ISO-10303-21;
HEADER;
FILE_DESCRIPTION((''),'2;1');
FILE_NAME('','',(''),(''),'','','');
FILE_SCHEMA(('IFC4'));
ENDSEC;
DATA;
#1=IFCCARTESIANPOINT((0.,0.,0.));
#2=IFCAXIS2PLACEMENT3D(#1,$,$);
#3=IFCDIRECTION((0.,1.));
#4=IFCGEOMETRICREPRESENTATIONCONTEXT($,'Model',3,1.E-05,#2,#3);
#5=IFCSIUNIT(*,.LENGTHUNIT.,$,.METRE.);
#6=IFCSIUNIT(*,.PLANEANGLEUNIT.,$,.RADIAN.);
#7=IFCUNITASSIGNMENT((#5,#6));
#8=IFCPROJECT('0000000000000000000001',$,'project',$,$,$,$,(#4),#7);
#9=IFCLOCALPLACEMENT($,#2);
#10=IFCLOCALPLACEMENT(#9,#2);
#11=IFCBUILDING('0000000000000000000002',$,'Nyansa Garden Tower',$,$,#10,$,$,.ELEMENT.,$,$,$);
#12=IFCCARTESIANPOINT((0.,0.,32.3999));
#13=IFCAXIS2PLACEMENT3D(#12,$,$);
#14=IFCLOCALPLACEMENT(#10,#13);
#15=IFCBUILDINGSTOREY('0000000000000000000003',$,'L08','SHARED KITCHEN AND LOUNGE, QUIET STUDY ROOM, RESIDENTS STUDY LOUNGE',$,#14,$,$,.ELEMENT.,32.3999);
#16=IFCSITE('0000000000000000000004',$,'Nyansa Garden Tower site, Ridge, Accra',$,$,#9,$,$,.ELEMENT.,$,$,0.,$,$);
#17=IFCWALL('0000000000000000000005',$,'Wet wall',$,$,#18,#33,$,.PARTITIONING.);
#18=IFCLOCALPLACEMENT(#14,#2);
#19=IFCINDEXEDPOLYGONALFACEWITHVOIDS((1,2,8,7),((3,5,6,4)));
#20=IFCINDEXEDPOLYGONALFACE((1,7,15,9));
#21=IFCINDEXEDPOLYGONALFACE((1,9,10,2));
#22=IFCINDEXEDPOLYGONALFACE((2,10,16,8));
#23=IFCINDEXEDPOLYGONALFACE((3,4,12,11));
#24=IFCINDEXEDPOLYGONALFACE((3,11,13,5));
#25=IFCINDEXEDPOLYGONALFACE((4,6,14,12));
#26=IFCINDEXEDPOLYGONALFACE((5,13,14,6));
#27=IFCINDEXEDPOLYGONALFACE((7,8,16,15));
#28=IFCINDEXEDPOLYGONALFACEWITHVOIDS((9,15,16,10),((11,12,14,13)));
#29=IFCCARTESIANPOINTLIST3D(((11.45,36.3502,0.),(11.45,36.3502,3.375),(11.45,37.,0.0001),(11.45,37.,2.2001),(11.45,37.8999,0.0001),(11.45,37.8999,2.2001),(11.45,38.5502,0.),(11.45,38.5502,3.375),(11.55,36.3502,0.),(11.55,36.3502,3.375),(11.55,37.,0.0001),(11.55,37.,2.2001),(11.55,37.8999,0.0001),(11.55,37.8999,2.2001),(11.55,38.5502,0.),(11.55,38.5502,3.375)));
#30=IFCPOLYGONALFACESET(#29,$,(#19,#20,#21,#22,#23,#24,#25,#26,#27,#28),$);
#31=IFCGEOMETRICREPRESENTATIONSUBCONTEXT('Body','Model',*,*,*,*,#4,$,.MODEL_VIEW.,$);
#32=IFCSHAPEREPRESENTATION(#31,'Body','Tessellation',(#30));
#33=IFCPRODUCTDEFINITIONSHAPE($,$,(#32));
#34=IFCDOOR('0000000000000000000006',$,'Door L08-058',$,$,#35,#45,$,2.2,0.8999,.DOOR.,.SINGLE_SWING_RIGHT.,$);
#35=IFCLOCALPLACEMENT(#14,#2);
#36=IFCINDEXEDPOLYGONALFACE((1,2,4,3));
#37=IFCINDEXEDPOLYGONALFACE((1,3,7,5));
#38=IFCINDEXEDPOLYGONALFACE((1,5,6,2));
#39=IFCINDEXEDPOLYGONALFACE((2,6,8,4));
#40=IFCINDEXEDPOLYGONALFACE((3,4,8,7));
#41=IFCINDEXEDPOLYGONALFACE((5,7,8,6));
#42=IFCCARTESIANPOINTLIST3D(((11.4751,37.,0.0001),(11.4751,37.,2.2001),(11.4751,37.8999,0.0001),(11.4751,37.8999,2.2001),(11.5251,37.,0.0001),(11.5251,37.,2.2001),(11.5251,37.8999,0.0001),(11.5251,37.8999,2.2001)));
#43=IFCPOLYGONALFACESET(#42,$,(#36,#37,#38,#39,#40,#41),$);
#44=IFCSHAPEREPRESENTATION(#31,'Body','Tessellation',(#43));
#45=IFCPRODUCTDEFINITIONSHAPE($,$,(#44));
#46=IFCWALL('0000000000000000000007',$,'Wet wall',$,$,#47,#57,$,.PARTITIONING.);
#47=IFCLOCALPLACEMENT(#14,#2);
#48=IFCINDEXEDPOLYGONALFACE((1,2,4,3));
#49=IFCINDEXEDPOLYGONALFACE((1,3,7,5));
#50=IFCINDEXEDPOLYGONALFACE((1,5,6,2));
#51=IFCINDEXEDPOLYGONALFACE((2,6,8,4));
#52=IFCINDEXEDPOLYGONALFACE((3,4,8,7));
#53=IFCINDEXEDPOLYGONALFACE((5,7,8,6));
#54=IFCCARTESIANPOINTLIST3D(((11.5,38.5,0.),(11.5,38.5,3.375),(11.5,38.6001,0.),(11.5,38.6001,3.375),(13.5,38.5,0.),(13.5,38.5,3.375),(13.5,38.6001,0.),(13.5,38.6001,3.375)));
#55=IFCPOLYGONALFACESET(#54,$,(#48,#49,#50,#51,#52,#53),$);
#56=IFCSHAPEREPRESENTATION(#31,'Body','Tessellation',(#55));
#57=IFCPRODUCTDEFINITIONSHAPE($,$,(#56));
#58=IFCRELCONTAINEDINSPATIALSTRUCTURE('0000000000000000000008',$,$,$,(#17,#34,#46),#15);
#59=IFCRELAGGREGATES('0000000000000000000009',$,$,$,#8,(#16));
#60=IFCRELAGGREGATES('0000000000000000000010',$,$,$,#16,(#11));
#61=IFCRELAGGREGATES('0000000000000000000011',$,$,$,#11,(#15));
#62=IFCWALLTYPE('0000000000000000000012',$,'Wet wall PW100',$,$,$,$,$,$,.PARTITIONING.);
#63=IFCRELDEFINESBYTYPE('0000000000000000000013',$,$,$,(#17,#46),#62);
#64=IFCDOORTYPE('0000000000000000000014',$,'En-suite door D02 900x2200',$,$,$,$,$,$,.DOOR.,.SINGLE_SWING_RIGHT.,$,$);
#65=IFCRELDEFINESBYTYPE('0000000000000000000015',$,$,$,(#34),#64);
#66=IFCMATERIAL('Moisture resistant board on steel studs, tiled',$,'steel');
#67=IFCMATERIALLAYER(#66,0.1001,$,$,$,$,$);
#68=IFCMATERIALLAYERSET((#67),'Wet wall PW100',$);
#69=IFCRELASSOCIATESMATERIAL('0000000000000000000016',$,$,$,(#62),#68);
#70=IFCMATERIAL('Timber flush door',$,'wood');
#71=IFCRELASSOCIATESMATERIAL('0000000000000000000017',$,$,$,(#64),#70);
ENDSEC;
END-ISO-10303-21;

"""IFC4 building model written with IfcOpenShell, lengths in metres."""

from ifc_helpers import new_model, si_unit, direction, frame, frame_2d, origin, place, context, subcontext, project, spatial, rectangle, extrude, material, layer, layer_set, type_object, element, fill, save


model = new_model("IFC4")

# Units and contexts
model_context = context("Model", 3, precision=1e-05, world=origin(), true_north=direction((0.0, 1.0)))
body_context = subcontext(model_context, "Body", "Model", "MODEL_VIEW")
ifc_project = project(units=[si_unit("LENGTHUNIT", "METRE"), si_unit("PLANEANGLEUNIT", "RADIAN")], contexts=[model_context])

# Site, building, storey
site_placement = place(None, origin())
site = spatial("IfcSite", under=ifc_project, at=site_placement, Name="Nyansa Garden Tower site, Ridge, Accra", CompositionType="ELEMENT", RefElevation=0.0)
building_placement = place(site_placement, origin())
building = spatial("IfcBuilding", under=site, at=building_placement, Name="Nyansa Garden Tower", CompositionType="ELEMENT")
storey_placement = place(building_placement, frame((0.0, 0.0, 32.3999)))
storey = spatial("IfcBuildingStorey", under=building, at=storey_placement, Name="L08", Description="SHARED KITCHEN AND LOUNGE, QUIET STUDY ROOM, RESIDENTS STUDY LOUNGE", CompositionType="ELEMENT", Elevation=32.3999)

# Shared definitions
ifc_material_1 = material(Name="Moisture resistant board on steel studs, tiled", Category="steel")
ifc_layer_1 = layer(ifc_material_1, 0.1001)
ifc_layer_set_1 = layer_set([ifc_layer_1], Name="Wet wall PW100")
wall_type_1 = type_object("IfcWallType", Name="Wet wall PW100", PredefinedType="PARTITIONING", material=ifc_layer_set_1)

# Wall, opening, door
wall_1_placement = place(storey_placement, frame((11.5, 36.3501, 0.0), z_axis=(0.0, 0.0, 1.0), x_axis=(0.0, 1.0, 0.0)))
wall_1 = element("IfcWall", 1, at=wall_1_placement, inside=storey, type_object=wall_type_1, Name="Wet wall", PredefinedType="PARTITIONING", context=body_context, shape_type="SweptSolid", body=[
    extrude(rectangle(XDim=2.2, YDim=0.1001, at=frame_2d((1.1001, 0.0))), origin(), (0.0, 0.0, 1.0), 3.375),
])
opening_1_placement = place(wall_1_placement, frame((0.6499, 0.0, 0.0)))
opening_1 = element("IfcOpeningElement", 2, at=opening_1_placement, cuts=wall_1, PredefinedType="OPENING", context=body_context, shape_type="SweptSolid", body=[
    extrude(rectangle(XDim=0.8999, YDim=2.2, at=frame_2d((0.45, 1.1001))), frame((0.0, 0.0601, 0.0), z_axis=(0.0, -1.0, 0.0), x_axis=(1.0, 0.0, 0.0)), (0.0, 0.0, 1.0), 0.1201),
])
ifc_material_2 = material(Name="Timber flush door", Category="wood")
door_type_1 = type_object("IfcDoorType", Name="En-suite door D02 900x2200", OperationType="SINGLE_SWING_RIGHT", PredefinedType="DOOR", material=ifc_material_2)
door_1_placement = place(opening_1_placement, origin())
door_1 = element("IfcDoor", 3, at=door_1_placement, inside=storey, type_object=door_type_1, Name="Door L08-058", OperationType="SINGLE_SWING_RIGHT", OverallHeight=2.2, OverallWidth=0.8999, PredefinedType="DOOR", context=body_context, shape_type="SweptSolid", body=[
    extrude(rectangle(XDim=0.8999, YDim=2.2, at=frame_2d((0.45, 1.1001))), frame((0.0, 0.0249, 0.0), z_axis=(0.0, -1.0, 0.0), x_axis=(1.0, 0.0, 0.0)), (0.0, 0.0, 1.0), 0.05),
])
fill(opening_1, door_1)

# Wall
wall_2_placement = place(storey_placement, frame((11.5, 38.55, 0.0), z_axis=(0.0, 0.0, 1.0), x_axis=(1.0, 0.0, 0.0)))
element("IfcWall", 4, at=wall_2_placement, inside=storey, type_object=wall_type_1, Name="Wet wall", PredefinedType="PARTITIONING", context=body_context, shape_type="SweptSolid", body=[
    extrude(rectangle(XDim=2.0, YDim=0.1001, at=frame_2d((1.0, 0.0))), origin(), (0.0, 0.0, 1.0), 3.375),
])

save(model, "model.ifc")
